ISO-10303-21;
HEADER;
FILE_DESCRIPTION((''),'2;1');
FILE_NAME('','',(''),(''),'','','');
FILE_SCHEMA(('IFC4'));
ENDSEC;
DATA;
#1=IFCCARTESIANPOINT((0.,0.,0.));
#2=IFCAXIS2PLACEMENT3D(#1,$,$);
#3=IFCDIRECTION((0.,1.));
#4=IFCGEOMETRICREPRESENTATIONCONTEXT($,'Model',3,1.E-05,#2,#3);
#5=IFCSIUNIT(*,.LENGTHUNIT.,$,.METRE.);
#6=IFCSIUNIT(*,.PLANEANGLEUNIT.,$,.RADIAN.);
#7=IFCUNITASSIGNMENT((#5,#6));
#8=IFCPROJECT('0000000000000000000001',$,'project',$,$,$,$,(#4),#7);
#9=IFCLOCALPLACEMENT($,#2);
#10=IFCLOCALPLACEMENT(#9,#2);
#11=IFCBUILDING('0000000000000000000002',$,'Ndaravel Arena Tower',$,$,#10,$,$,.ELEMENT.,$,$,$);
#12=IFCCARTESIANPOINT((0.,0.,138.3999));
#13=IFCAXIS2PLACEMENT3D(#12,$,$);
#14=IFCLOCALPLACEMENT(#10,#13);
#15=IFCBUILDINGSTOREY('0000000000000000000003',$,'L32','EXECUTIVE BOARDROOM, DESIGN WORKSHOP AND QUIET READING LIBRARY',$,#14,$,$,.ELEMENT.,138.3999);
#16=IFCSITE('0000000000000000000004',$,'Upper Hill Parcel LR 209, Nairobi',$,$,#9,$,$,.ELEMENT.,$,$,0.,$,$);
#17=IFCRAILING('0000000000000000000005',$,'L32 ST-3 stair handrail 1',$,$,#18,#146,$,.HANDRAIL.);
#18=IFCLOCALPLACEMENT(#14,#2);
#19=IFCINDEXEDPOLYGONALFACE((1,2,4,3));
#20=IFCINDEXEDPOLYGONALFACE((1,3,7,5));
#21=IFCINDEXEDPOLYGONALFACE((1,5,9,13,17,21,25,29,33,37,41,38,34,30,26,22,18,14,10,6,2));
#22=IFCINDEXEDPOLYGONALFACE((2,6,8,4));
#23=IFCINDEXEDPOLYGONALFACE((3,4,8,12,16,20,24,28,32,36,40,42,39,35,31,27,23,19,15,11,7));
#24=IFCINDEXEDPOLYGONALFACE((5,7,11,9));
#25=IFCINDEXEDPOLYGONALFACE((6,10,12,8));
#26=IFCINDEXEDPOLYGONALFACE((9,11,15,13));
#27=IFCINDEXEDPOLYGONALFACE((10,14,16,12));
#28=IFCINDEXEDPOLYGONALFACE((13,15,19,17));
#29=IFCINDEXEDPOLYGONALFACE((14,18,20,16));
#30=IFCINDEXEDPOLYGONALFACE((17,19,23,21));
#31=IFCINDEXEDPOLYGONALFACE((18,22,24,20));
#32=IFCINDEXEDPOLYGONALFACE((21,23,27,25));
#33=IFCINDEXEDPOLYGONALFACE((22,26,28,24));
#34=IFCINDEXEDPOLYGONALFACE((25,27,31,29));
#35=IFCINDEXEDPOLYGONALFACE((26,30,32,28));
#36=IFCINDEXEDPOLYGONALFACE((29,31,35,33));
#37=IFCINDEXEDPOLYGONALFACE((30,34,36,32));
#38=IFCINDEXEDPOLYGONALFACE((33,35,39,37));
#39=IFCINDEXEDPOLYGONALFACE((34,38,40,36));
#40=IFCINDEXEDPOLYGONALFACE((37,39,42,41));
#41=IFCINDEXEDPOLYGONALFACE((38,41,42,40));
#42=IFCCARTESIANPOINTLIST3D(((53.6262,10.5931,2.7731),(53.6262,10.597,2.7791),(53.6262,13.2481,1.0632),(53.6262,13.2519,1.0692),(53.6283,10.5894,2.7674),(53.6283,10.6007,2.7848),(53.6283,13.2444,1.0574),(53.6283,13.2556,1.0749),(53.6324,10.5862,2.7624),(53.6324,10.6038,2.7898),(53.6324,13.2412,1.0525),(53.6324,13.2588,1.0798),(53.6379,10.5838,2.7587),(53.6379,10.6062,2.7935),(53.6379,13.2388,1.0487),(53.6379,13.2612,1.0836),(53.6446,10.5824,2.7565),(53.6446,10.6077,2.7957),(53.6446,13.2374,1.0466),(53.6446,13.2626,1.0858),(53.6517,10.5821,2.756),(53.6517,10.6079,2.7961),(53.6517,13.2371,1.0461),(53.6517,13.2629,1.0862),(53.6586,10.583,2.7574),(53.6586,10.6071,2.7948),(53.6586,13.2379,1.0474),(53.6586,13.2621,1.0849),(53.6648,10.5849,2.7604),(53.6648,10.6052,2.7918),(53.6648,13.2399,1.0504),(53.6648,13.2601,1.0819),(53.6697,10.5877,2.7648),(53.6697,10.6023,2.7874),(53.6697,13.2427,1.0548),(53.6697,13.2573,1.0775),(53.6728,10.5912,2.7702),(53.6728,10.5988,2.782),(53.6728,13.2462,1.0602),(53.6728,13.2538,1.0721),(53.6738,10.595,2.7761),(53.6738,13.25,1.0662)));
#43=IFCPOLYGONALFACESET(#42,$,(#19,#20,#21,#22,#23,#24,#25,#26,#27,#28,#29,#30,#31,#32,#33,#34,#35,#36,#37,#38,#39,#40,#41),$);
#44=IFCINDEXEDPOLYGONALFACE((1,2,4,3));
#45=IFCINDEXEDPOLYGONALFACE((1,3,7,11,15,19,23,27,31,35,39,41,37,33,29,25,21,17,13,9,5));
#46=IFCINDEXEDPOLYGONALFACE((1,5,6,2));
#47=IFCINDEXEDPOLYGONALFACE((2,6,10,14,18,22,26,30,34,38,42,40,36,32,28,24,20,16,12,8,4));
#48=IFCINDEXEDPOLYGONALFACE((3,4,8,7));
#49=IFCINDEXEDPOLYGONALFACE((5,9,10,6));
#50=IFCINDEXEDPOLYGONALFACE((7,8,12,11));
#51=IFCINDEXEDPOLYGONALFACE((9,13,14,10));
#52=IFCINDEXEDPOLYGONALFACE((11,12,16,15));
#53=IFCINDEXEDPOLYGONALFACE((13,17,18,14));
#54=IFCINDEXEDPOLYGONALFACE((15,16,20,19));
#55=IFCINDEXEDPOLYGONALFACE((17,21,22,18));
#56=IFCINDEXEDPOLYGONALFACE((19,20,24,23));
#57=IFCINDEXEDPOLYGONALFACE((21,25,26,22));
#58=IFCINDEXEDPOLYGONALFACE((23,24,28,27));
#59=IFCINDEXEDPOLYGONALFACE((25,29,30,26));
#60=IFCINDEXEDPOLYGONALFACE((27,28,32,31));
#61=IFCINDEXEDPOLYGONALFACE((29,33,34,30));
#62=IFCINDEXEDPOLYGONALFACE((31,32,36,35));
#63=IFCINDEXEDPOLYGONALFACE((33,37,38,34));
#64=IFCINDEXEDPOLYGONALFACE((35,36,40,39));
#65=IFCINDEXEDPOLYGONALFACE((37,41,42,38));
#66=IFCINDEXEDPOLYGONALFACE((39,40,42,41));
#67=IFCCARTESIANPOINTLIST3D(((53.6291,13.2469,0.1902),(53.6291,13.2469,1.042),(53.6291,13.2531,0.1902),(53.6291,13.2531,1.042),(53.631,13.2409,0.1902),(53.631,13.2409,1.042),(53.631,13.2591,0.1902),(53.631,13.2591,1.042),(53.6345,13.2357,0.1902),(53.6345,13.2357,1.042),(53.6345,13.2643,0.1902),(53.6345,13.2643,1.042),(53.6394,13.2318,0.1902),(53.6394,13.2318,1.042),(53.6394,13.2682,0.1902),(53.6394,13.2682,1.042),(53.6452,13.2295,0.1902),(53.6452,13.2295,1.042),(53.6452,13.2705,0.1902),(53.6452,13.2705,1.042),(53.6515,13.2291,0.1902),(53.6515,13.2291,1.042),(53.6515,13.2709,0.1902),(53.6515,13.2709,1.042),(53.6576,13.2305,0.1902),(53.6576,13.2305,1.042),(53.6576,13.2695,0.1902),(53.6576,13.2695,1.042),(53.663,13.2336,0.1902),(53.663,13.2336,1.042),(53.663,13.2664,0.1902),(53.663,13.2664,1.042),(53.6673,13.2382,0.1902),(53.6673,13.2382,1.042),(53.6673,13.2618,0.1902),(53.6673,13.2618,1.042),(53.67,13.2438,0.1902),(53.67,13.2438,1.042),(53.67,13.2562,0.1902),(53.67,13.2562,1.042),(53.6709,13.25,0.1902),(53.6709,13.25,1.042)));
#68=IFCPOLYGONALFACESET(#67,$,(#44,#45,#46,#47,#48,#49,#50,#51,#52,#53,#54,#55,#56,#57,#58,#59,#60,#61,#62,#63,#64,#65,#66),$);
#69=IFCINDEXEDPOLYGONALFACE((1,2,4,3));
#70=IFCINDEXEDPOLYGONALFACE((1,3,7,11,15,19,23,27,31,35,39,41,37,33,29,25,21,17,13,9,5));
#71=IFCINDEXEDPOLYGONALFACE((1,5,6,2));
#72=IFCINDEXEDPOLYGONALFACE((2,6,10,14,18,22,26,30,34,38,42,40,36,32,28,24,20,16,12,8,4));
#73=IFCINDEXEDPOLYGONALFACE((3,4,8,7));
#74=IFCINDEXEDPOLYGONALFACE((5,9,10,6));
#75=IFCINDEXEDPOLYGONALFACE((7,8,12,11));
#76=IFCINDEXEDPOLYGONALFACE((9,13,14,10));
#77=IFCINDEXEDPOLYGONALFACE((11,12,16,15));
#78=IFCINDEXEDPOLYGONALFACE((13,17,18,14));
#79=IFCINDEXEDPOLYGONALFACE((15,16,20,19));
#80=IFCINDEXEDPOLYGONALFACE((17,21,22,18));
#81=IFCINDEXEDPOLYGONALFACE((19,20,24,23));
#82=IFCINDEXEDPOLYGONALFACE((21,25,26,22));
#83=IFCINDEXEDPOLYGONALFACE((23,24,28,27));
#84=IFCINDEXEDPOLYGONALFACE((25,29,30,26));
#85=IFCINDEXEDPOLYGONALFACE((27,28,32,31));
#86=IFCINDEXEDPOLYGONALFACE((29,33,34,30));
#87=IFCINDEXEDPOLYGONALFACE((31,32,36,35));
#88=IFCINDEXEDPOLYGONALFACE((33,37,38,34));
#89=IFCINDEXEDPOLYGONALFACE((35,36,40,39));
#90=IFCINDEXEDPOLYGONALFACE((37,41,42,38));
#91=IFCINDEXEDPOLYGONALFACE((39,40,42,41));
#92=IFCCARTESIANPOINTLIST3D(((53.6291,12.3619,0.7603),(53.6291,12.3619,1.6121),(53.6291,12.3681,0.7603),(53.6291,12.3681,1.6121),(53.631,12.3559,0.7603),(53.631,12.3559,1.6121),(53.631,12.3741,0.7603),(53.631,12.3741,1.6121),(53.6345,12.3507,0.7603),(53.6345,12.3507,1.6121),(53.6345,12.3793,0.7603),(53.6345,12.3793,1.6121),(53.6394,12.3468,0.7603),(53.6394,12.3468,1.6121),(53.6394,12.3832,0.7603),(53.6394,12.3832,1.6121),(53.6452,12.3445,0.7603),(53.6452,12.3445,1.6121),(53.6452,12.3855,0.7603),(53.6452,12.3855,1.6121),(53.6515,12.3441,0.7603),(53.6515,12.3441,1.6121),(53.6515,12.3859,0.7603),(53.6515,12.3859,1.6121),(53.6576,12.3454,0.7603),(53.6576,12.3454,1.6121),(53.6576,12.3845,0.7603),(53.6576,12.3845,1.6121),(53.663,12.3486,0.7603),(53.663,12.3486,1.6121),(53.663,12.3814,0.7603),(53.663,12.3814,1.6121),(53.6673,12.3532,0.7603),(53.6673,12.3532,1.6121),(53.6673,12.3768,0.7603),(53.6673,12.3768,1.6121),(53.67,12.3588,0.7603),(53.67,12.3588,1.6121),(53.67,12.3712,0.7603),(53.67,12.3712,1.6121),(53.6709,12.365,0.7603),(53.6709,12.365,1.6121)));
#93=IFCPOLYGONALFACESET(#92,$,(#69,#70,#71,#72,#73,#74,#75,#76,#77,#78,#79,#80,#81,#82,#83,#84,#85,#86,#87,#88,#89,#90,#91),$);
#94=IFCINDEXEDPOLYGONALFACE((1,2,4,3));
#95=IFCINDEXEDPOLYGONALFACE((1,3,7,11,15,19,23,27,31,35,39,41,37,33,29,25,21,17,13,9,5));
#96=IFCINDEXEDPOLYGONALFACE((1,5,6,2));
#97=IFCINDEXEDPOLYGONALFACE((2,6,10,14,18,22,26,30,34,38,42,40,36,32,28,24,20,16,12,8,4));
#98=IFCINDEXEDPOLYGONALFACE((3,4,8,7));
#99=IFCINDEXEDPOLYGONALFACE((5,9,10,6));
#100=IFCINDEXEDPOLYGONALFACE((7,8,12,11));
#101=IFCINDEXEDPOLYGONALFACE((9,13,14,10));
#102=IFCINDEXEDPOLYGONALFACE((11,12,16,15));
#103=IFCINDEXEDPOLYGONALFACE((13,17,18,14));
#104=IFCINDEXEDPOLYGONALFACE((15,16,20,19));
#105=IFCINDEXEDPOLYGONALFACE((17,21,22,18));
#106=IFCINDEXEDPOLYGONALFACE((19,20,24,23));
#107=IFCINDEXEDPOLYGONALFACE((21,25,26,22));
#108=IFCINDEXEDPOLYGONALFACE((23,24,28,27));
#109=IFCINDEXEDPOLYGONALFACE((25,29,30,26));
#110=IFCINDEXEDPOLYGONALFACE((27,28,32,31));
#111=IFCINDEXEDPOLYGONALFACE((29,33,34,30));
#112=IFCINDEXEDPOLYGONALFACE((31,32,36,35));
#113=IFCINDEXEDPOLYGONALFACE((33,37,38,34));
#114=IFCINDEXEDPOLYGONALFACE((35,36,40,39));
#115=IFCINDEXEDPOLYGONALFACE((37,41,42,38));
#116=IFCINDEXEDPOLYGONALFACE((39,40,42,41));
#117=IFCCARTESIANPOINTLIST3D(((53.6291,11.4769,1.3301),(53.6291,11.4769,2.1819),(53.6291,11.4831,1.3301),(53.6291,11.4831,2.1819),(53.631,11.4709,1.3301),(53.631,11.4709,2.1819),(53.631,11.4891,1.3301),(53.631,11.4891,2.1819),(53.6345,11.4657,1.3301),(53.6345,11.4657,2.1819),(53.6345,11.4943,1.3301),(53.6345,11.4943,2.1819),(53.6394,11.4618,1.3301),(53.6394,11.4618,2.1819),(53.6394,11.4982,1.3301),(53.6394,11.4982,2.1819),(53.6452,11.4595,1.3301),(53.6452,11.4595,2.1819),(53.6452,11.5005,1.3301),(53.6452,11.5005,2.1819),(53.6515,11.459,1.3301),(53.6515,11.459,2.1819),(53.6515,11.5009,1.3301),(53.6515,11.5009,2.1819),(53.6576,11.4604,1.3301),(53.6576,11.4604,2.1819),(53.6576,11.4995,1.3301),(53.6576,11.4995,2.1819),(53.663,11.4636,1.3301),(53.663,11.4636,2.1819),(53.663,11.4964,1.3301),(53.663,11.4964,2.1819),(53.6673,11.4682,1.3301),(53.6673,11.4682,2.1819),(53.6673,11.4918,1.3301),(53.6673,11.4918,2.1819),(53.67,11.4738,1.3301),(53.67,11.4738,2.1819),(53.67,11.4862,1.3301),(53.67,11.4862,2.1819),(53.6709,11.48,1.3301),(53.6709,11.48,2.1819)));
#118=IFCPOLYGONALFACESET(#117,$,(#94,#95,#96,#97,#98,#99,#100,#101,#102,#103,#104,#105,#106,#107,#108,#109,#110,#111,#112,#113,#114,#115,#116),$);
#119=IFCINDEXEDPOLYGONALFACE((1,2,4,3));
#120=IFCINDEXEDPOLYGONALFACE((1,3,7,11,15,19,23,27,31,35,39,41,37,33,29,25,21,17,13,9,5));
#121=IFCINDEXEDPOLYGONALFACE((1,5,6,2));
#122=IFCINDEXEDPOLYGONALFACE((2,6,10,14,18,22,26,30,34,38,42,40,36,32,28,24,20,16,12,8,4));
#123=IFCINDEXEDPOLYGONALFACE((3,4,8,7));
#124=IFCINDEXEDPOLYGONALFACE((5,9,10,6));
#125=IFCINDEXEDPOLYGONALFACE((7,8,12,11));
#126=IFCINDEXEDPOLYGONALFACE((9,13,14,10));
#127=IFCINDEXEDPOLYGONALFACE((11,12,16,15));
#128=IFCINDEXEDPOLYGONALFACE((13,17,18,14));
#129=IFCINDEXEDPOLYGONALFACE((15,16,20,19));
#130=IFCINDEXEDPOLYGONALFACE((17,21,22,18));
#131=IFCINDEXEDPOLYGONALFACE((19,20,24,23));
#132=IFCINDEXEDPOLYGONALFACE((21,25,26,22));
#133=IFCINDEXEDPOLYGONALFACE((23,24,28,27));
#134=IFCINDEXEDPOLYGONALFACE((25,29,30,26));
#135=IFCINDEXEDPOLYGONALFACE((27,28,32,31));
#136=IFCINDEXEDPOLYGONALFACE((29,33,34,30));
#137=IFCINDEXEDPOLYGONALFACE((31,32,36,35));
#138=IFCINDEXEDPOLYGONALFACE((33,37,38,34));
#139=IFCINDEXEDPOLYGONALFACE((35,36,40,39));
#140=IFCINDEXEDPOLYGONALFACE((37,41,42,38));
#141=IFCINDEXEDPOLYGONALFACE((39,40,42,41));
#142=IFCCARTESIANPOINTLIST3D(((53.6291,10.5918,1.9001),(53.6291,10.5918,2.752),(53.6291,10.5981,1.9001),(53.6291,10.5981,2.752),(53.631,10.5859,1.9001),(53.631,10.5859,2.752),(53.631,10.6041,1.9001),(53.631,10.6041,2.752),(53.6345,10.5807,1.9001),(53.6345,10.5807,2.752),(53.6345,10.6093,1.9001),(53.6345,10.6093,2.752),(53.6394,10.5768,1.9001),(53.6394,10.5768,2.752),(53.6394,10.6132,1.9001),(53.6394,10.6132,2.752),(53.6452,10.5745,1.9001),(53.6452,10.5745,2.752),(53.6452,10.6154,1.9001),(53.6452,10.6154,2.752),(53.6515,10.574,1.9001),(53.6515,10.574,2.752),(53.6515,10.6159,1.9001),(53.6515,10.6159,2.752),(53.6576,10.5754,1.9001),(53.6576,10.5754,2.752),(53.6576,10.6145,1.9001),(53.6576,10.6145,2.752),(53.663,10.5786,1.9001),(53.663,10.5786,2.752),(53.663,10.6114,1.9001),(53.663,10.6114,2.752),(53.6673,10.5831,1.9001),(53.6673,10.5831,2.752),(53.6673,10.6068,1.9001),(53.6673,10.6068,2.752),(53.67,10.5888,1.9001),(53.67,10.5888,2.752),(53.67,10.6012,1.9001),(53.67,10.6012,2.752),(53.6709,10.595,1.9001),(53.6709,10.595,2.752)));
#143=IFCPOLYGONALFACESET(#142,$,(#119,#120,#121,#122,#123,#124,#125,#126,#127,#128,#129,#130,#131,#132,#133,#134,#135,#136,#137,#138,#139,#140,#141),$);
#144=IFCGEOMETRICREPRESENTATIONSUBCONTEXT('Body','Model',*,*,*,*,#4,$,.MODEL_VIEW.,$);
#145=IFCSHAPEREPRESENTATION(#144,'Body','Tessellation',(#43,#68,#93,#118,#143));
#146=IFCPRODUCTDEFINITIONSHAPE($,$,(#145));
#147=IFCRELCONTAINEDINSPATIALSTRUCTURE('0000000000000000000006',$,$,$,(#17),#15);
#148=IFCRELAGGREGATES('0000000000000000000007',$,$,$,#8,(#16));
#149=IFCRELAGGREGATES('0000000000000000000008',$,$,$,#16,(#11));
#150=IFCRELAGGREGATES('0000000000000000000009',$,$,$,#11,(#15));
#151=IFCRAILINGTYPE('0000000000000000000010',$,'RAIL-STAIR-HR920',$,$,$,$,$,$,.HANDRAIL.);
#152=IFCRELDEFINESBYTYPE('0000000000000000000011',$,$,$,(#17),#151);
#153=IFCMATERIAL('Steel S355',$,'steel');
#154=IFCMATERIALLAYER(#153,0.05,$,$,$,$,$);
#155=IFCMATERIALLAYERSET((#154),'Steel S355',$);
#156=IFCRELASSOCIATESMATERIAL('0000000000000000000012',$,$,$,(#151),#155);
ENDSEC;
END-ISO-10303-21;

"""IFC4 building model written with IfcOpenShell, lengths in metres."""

from ifc_helpers import new_model, si_unit, direction, frame, origin, origin_2d, place, context, subcontext, project, spatial, circle, extrude, material, layer, layer_set, type_object, element, save


model = new_model("IFC4")

# Units and contexts
model_context = context("Model", 3, precision=1e-05, world=origin(), true_north=direction((0.0, 1.0)))
body_context = subcontext(model_context, "Body", "Model", "MODEL_VIEW")
ifc_project = project(units=[si_unit("LENGTHUNIT", "METRE"), si_unit("PLANEANGLEUNIT", "RADIAN")], contexts=[model_context])

# Site, building, storey
site_placement = place(None, origin())
site = spatial("IfcSite", under=ifc_project, at=site_placement, Name="Upper Hill Parcel LR 209, Nairobi", CompositionType="ELEMENT", RefElevation=0.0)
building_placement = place(site_placement, origin())
building = spatial("IfcBuilding", under=site, at=building_placement, Name="Ndaravel Arena Tower", CompositionType="ELEMENT")
storey_placement = place(building_placement, frame((0.0, 0.0, 138.3999)))
storey = spatial("IfcBuildingStorey", under=building, at=storey_placement, Name="L32", Description="EXECUTIVE BOARDROOM, DESIGN WORKSHOP AND QUIET READING LIBRARY", CompositionType="ELEMENT", Elevation=138.3999)

# Railing
ifc_material_1 = material(Name="Steel S355", Category="steel")
ifc_layer_1 = layer(ifc_material_1, 0.05)
ifc_layer_set_1 = layer_set([ifc_layer_1], Name="Steel S355")
railing_type_1 = type_object("IfcRailingType", Name="RAIL-STAIR-HR920", PredefinedType="HANDRAIL", material=ifc_layer_set_1)
railing_1_placement = place(storey_placement, frame((53.6499, 13.25, 0.1902)))
element("IfcRailing", 1, at=railing_1_placement, inside=storey, type_object=railing_type_1, Name="L32 ST-3 stair handrail 1", PredefinedType="HANDRAIL", context=body_context, shape_type="SweptSolid", body=[
    extrude(circle(Radius=0.0239, at=origin_2d()), frame((0.0, 0.0, 0.876), z_axis=(0.0, -0.840724, 0.541465), x_axis=(1.0, 0.0, 0.0)), (0.0, 0.0, 1.0), 3.158),
    extrude(circle(Radius=0.021, at=origin_2d()), origin(), (0.0, 0.0, 1.0), 0.8518),
    extrude(circle(Radius=0.021, at=origin_2d()), frame((0.0, -0.885, 0.5701)), (0.0, 0.0, 1.0), 0.8518),
    extrude(circle(Radius=0.021, at=origin_2d()), frame((0.0, -1.77, 1.1399)), (0.0, 0.0, 1.0), 0.8518),
    extrude(circle(Radius=0.021, at=origin_2d()), frame((0.0, -2.655, 1.71)), (0.0, 0.0, 1.0), 0.8518),
])

save(model, "model.ifc")
